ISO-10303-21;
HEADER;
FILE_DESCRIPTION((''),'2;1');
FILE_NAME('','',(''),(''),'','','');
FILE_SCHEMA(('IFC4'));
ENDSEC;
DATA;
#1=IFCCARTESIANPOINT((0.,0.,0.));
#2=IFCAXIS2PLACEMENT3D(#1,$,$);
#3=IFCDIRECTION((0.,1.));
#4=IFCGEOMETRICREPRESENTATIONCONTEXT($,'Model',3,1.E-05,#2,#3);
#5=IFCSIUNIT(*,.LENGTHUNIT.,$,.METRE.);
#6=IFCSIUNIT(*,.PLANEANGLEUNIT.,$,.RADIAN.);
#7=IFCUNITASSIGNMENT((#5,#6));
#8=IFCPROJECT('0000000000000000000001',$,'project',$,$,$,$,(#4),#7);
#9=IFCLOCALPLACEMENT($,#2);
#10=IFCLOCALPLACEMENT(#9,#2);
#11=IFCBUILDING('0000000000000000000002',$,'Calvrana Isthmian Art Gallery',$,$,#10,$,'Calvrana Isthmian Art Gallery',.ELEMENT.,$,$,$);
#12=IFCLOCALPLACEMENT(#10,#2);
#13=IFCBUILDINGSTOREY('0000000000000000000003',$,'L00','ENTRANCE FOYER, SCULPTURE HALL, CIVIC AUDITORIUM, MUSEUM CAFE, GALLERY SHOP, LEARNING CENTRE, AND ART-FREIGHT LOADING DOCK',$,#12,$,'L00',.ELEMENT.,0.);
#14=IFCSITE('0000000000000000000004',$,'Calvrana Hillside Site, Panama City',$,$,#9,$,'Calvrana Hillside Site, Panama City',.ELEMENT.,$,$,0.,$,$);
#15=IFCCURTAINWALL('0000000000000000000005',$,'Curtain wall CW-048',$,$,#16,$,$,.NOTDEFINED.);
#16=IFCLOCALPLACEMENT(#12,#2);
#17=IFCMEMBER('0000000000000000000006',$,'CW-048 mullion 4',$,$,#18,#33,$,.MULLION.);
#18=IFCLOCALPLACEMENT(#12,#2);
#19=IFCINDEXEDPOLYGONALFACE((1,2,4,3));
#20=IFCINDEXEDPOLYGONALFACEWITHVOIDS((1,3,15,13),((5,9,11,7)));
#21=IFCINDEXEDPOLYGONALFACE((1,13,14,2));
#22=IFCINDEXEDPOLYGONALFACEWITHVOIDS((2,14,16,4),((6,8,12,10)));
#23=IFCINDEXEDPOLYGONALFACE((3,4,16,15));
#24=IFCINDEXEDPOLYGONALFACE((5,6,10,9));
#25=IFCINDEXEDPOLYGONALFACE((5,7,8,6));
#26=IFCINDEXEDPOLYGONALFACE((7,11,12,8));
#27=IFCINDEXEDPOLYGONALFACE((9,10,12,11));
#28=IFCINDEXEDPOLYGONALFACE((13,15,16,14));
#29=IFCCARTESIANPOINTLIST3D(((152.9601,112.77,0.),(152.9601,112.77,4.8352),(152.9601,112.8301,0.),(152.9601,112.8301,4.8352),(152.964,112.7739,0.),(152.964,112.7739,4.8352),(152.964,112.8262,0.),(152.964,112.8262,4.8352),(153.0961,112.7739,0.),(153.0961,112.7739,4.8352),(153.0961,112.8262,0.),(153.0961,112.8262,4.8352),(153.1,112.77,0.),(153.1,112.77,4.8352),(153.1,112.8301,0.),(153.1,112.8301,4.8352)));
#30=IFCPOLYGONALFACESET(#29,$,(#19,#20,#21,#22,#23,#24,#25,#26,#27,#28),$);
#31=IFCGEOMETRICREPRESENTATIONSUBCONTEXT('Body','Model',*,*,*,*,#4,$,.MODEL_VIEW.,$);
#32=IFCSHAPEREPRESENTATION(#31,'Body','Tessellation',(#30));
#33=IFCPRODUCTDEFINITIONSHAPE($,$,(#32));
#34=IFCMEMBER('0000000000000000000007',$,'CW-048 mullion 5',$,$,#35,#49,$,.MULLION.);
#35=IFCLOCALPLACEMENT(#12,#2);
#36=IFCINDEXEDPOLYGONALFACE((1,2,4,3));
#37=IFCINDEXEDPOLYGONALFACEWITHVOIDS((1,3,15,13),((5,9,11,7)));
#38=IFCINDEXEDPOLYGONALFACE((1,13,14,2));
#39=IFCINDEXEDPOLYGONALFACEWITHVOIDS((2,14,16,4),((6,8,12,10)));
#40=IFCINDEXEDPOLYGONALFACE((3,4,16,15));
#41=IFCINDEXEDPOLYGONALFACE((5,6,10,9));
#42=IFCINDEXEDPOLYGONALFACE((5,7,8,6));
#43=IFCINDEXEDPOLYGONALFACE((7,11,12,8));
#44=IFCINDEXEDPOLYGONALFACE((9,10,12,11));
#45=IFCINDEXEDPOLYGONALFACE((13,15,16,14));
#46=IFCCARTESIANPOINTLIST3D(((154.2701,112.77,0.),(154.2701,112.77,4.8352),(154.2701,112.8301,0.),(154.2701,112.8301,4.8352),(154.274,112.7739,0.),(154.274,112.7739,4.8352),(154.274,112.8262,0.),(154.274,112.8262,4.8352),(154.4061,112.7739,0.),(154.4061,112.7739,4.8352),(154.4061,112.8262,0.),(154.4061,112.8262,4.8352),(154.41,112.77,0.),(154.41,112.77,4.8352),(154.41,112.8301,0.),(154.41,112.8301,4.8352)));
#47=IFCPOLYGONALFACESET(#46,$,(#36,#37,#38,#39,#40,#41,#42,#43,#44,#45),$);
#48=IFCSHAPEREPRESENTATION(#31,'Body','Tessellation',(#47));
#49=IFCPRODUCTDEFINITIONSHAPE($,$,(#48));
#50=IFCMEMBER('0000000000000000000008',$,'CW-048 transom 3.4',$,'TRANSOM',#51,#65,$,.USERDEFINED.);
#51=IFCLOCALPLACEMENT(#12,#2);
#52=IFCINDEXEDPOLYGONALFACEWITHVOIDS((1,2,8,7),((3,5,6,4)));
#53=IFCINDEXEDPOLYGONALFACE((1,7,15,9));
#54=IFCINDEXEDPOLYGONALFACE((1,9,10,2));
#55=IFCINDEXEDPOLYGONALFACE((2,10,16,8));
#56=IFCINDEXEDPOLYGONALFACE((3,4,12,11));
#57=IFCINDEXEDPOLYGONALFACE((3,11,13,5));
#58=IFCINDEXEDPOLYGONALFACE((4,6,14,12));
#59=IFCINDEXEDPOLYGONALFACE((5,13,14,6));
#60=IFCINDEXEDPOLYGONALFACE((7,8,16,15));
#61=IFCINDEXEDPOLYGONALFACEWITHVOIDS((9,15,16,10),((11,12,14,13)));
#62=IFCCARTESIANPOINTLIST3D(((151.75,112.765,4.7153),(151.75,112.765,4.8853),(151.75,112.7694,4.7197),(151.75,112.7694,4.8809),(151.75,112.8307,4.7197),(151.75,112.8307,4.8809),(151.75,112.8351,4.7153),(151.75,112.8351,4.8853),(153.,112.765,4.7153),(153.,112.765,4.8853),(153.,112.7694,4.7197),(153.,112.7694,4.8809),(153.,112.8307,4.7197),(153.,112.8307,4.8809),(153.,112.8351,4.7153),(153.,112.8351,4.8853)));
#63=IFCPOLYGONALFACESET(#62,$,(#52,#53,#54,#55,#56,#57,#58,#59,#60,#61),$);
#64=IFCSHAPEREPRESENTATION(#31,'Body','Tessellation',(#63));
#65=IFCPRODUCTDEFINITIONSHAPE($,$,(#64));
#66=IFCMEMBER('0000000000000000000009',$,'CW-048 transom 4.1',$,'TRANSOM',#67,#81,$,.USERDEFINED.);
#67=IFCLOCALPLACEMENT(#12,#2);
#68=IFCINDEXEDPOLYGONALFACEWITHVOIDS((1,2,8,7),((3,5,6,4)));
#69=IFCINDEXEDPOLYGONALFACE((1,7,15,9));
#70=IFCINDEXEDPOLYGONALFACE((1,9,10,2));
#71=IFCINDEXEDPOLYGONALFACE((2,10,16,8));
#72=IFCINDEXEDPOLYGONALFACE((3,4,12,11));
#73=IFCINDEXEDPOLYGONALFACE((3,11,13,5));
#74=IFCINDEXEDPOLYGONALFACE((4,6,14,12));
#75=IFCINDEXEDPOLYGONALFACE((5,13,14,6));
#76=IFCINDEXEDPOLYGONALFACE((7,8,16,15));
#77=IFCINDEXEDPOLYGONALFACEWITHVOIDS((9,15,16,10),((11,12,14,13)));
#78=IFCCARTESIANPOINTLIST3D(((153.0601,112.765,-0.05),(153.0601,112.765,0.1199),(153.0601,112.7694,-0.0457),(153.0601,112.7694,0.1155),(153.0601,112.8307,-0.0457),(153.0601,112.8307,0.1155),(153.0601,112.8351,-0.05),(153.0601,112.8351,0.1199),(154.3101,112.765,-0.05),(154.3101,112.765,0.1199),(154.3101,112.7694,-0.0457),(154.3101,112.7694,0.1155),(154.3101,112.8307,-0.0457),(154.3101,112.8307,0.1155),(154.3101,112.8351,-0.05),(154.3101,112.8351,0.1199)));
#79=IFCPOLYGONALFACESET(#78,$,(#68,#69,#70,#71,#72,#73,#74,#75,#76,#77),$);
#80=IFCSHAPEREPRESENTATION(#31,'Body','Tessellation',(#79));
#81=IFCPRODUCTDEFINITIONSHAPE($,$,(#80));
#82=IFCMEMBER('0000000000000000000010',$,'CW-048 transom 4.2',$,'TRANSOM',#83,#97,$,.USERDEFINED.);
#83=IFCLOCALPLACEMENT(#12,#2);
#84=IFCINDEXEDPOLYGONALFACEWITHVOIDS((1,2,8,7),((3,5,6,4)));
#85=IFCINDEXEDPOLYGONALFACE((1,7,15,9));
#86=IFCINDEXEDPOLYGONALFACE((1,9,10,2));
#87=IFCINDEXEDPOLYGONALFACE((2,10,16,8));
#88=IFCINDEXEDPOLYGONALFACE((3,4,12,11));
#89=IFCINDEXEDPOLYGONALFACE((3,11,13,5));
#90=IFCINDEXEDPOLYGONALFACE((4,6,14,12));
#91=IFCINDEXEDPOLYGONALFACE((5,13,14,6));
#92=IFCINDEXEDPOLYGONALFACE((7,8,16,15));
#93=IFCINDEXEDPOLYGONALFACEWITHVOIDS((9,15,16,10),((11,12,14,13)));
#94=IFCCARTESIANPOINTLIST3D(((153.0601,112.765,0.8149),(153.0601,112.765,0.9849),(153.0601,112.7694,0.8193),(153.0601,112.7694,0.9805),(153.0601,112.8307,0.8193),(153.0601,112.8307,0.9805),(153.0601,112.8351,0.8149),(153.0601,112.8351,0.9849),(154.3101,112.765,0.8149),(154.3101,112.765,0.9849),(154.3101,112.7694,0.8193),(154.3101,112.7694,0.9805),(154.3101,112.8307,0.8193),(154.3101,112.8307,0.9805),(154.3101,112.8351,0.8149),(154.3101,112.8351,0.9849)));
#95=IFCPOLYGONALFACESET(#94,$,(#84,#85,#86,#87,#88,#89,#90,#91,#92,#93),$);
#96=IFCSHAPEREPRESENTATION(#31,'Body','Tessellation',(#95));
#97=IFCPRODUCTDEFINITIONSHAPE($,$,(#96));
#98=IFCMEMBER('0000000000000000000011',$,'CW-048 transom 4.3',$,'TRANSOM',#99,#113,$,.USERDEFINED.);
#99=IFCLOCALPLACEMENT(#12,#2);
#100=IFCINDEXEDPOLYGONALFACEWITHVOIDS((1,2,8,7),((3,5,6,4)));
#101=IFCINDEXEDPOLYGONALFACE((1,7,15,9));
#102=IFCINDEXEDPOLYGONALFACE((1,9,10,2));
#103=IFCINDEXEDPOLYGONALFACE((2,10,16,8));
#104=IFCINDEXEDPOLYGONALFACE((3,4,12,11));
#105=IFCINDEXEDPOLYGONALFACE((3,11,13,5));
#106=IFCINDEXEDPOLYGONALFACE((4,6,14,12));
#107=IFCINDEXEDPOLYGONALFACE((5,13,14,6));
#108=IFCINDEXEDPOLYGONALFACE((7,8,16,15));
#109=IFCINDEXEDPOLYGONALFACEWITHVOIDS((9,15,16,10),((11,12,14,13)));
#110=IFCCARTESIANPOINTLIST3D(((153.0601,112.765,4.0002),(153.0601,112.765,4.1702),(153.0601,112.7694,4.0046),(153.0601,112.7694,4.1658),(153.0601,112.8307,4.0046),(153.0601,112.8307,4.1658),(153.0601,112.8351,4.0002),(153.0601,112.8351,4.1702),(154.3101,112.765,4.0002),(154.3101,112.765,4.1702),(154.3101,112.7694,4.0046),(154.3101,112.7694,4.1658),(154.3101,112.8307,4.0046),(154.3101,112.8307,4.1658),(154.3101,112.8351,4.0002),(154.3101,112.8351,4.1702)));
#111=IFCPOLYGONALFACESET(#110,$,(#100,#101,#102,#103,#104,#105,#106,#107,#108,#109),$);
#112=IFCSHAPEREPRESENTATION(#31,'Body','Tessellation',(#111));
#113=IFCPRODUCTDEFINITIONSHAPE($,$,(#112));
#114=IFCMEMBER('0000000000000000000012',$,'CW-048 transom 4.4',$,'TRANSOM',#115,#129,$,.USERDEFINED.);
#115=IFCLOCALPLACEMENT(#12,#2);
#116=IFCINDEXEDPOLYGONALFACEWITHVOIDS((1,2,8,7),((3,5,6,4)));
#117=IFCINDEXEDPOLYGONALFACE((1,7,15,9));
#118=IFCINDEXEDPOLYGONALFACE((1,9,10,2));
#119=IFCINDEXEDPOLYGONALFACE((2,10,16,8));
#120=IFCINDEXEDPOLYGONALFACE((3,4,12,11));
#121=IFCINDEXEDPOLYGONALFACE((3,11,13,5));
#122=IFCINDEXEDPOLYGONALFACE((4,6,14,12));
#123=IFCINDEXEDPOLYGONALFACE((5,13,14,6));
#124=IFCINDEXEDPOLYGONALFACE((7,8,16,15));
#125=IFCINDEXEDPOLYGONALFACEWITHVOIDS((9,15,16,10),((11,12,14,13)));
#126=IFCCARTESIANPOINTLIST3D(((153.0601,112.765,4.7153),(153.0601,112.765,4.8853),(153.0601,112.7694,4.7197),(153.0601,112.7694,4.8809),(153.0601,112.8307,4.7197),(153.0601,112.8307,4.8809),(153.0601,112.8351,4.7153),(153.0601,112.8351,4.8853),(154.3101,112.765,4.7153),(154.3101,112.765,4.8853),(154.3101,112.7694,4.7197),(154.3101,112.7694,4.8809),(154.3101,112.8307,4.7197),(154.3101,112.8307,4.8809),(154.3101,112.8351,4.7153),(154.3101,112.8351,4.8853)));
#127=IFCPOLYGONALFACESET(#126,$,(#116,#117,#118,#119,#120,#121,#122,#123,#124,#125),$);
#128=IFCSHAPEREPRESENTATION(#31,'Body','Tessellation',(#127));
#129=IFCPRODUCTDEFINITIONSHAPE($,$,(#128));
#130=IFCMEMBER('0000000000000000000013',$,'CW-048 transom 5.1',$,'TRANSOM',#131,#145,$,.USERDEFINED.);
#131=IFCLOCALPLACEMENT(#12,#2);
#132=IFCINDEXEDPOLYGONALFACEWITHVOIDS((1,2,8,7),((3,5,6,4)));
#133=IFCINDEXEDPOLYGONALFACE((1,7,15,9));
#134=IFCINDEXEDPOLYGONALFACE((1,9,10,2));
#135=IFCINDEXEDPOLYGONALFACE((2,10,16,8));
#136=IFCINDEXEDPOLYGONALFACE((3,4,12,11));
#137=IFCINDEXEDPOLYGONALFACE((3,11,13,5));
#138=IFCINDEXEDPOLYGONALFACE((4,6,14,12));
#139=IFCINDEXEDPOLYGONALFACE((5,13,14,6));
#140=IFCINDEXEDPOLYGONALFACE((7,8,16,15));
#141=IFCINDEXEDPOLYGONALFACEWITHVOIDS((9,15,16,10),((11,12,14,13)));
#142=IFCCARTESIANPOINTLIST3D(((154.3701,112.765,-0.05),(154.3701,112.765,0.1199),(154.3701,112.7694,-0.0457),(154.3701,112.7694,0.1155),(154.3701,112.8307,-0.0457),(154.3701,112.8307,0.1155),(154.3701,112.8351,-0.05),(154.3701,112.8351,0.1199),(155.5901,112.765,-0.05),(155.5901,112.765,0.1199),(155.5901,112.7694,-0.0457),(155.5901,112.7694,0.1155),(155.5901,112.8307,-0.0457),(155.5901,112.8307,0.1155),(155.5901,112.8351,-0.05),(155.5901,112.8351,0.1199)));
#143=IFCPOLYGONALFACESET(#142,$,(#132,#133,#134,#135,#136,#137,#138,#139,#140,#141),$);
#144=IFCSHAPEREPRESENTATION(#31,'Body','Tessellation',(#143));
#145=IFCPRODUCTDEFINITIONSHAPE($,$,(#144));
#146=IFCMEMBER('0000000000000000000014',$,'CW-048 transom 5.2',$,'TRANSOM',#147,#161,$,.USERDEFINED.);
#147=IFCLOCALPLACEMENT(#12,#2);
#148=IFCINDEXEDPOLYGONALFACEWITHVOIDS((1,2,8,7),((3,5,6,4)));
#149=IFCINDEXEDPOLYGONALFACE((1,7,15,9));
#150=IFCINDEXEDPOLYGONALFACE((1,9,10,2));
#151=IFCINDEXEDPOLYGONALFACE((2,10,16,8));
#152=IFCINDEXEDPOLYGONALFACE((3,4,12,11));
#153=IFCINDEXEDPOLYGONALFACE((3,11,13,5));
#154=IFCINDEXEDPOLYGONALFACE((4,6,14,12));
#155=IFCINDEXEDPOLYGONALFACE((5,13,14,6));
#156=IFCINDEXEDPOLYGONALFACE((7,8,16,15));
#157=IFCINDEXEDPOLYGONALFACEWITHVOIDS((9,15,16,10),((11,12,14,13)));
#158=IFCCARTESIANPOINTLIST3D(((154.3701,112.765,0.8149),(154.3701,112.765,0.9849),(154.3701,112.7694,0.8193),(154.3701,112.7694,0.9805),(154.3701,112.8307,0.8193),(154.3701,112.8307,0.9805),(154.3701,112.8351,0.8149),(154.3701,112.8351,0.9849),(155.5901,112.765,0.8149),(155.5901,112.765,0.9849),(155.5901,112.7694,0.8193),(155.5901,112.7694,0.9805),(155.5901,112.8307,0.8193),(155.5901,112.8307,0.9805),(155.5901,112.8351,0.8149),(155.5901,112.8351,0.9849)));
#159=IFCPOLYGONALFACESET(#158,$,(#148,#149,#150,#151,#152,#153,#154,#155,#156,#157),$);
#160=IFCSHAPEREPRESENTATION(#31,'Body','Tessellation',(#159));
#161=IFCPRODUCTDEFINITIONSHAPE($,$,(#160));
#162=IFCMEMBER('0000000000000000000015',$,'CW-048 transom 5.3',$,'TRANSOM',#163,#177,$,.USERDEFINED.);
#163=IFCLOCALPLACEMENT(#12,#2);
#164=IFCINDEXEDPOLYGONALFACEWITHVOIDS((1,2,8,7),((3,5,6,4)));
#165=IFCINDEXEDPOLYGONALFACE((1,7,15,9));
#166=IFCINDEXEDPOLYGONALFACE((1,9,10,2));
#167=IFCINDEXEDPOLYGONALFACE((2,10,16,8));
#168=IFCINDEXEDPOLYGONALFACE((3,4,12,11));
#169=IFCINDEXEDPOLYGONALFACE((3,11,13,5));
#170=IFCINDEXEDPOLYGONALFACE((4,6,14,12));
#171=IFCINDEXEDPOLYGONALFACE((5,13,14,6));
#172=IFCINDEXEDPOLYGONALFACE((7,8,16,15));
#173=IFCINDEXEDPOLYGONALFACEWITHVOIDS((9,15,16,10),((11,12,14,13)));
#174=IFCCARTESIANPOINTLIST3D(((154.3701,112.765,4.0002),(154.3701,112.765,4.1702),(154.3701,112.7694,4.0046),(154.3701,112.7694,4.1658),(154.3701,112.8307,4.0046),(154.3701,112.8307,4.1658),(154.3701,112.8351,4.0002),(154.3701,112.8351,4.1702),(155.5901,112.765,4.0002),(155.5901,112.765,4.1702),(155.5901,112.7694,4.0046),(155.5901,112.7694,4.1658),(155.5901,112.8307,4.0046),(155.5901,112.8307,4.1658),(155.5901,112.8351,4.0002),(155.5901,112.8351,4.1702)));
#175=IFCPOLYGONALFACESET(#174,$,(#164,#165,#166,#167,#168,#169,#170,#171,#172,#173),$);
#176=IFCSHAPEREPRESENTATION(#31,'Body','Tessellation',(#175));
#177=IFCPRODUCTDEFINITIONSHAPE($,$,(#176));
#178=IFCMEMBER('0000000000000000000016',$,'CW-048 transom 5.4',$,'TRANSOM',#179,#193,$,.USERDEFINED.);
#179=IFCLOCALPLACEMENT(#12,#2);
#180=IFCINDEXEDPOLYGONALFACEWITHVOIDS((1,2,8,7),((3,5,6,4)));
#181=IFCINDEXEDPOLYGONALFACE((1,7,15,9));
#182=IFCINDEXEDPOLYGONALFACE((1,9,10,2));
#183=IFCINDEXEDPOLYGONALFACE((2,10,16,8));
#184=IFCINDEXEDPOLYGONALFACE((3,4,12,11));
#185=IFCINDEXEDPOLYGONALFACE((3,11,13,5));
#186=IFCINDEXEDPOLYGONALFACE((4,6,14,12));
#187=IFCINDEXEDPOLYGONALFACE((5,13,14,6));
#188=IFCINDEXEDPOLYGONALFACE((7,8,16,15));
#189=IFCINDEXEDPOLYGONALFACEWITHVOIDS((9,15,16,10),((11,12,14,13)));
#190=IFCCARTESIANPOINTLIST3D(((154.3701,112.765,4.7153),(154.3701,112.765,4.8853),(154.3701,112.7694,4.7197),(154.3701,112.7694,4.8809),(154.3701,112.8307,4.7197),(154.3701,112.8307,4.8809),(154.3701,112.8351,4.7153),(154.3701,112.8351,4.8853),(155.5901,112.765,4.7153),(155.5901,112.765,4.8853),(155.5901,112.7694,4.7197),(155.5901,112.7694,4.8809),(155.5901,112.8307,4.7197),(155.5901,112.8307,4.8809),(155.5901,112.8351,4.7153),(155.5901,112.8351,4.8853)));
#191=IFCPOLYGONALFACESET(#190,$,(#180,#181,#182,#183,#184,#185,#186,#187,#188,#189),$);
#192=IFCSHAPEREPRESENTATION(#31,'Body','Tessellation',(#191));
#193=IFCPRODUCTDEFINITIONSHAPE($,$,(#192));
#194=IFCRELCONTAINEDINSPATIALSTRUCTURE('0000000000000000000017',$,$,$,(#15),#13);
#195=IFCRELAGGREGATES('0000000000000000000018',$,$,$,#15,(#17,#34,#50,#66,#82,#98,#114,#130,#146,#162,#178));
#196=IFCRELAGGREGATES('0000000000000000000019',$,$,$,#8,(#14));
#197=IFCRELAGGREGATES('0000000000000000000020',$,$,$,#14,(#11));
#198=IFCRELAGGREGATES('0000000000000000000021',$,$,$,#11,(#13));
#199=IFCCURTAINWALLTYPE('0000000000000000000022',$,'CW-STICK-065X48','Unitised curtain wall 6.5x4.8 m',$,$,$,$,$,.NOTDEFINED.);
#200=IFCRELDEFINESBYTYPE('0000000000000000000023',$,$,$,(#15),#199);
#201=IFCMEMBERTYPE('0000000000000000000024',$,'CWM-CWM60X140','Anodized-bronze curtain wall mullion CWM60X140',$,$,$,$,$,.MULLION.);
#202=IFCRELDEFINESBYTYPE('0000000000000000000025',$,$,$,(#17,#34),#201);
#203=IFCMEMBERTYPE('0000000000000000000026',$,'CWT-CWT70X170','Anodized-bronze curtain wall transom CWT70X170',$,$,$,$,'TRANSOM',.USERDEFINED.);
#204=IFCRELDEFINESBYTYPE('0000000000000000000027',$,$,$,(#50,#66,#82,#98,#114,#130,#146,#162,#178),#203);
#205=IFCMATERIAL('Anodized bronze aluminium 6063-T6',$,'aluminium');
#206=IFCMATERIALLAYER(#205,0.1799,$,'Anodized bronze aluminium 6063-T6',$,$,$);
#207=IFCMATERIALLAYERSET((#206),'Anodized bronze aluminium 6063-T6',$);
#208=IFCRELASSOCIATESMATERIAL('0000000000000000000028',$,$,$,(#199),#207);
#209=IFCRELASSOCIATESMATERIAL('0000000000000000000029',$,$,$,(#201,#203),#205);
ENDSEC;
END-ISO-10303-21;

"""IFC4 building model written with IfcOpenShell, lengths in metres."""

from ifc_helpers import new_model, si_unit, direction, frame, origin, origin_2d, place, context, subcontext, project, spatial, hollow_rectangle, extrude, material, layer, layer_set, material_profile, profile_set, type_object, element, aggregate, save


model = new_model("IFC4")

# Units and contexts
model_context = context("Model", 3, precision=1e-05, world=origin(), true_north=direction((0.0, 1.0)))
body_context = subcontext(model_context, "Body", "Model", "MODEL_VIEW")
ifc_project = project(units=[si_unit("LENGTHUNIT", "METRE"), si_unit("PLANEANGLEUNIT", "RADIAN")], contexts=[model_context])

# Site, building, storey
site_placement = place(None, origin())
site = spatial("IfcSite", under=ifc_project, at=site_placement, Name="Calvrana Hillside Site, Panama City", LongName="Calvrana Hillside Site, Panama City", CompositionType="ELEMENT", RefElevation=0.0)
building_placement = place(site_placement, origin())
building = spatial("IfcBuilding", under=site, at=building_placement, Name="Calvrana Isthmian Art Gallery", LongName="Calvrana Isthmian Art Gallery", CompositionType="ELEMENT")
storey_placement = place(building_placement, origin())
storey = spatial("IfcBuildingStorey", under=building, at=storey_placement, Name="L00", Description="ENTRANCE FOYER, SCULPTURE HALL, CIVIC AUDITORIUM, MUSEUM CAFE, GALLERY SHOP, LEARNING CENTRE, AND ART-FREIGHT LOADING DOCK", LongName="L00", CompositionType="ELEMENT", Elevation=0.0)

# Curtain wall, members
ifc_material_1 = material(Name="Anodized bronze aluminium 6063-T6", Category="aluminium")
ifc_layer_1 = layer(ifc_material_1, 0.1799, Name="Anodized bronze aluminium 6063-T6")
ifc_layer_set_1 = layer_set([ifc_layer_1], Name="Anodized bronze aluminium 6063-T6")
curtain_wall_type = type_object("IfcCurtainWallType", Name="CW-STICK-065X48", Description="Unitised curtain wall 6.5x4.8 m", PredefinedType="NOTDEFINED", material=ifc_layer_set_1)
curtain_wall_placement = place(storey_placement, origin())
curtain_wall = element("IfcCurtainWall", 1, at=curtain_wall_placement, inside=storey, type_object=curtain_wall_type, Name="Curtain wall CW-048", PredefinedType="NOTDEFINED")
ifc_material_profile_1 = material_profile(ifc_material_1, hollow_rectangle(XDim=0.0601, YDim=0.1399, WallThickness=0.0039, at=origin_2d()), Name="CWM60X140")
ifc_profile_set_1 = profile_set([ifc_material_profile_1], Name="Anodized bronze aluminium 6063-T6")
member_type_1 = type_object("IfcMemberType", Name="CWM-CWM60X140", Description="Anodized-bronze curtain wall mullion CWM60X140", PredefinedType="MULLION", material=ifc_profile_set_1)
member_1_placement = place(storey_placement, frame((153.03, 112.8, 0.0), z_axis=(0.0, 0.0, 1.0), x_axis=(0.0, 1.0, 0.0)))
member_1 = element("IfcMember", 2, at=member_1_placement, type_object=member_type_1, Name="CW-048 mullion 4", PredefinedType="MULLION", context=body_context, shape_type="SweptSolid", body=[
    extrude(hollow_rectangle(XDim=0.0601, YDim=0.1399, WallThickness=0.0039, at=origin_2d()), origin(), (0.0, 0.0, 1.0), 4.8352),
])
member_2_placement = place(storey_placement, frame((154.3401, 112.8, 0.0), z_axis=(0.0, 0.0, 1.0), x_axis=(0.0, 1.0, 0.0)))
member_2 = element("IfcMember", 3, at=member_2_placement, type_object=member_type_1, Name="CW-048 mullion 5", PredefinedType="MULLION", context=body_context, shape_type="SweptSolid", body=[
    extrude(hollow_rectangle(XDim=0.0601, YDim=0.1399, WallThickness=0.0039, at=origin_2d()), origin(), (0.0, 0.0, 1.0), 4.8352),
])
ifc_material_profile_2 = material_profile(ifc_material_1, hollow_rectangle(XDim=0.0701, YDim=0.1699, WallThickness=0.0044, at=origin_2d()), Name="CWT70X170")
ifc_profile_set_2 = profile_set([ifc_material_profile_2], Name="Anodized bronze aluminium 6063-T6")
member_type_2 = type_object("IfcMemberType", Name="CWT-CWT70X170", Description="Anodized-bronze curtain wall transom CWT70X170", ElementType="TRANSOM", PredefinedType="USERDEFINED", material=ifc_profile_set_2)
member_3_placement = place(storey_placement, frame((151.75, 112.8, 4.8003), z_axis=(1.0, 0.0, 0.0), x_axis=(0.0, 1.0, 0.0)))
member_3 = element("IfcMember", 4, at=member_3_placement, type_object=member_type_2, Name="CW-048 transom 3.4", ObjectType="TRANSOM", PredefinedType="USERDEFINED", context=body_context, shape_type="SweptSolid", body=[
    extrude(hollow_rectangle(XDim=0.0701, YDim=0.1699, WallThickness=0.0044, at=origin_2d()), origin(), (0.0, 0.0, 1.0), 1.25),
])
member_4_placement = place(storey_placement, frame((153.0601, 112.8, 0.0349), z_axis=(1.0, 0.0, 0.0), x_axis=(0.0, 1.0, 0.0)))
member_4 = element("IfcMember", 5, at=member_4_placement, type_object=member_type_2, Name="CW-048 transom 4.1", ObjectType="TRANSOM", PredefinedType="USERDEFINED", context=body_context, shape_type="SweptSolid", body=[
    extrude(hollow_rectangle(XDim=0.0701, YDim=0.1699, WallThickness=0.0044, at=origin_2d()), origin(), (0.0, 0.0, 1.0), 1.25),
])
member_5_placement = place(storey_placement, frame((153.0601, 112.8, 0.8999), z_axis=(1.0, 0.0, 0.0), x_axis=(0.0, 1.0, 0.0)))
member_5 = element("IfcMember", 6, at=member_5_placement, type_object=member_type_2, Name="CW-048 transom 4.2", ObjectType="TRANSOM", PredefinedType="USERDEFINED", context=body_context, shape_type="SweptSolid", body=[
    extrude(hollow_rectangle(XDim=0.0701, YDim=0.1699, WallThickness=0.0044, at=origin_2d()), origin(), (0.0, 0.0, 1.0), 1.25),
])
member_6_placement = place(storey_placement, frame((153.0601, 112.8, 4.0852), z_axis=(1.0, 0.0, 0.0), x_axis=(0.0, 1.0, 0.0)))
member_6 = element("IfcMember", 7, at=member_6_placement, type_object=member_type_2, Name="CW-048 transom 4.3", ObjectType="TRANSOM", PredefinedType="USERDEFINED", context=body_context, shape_type="SweptSolid", body=[
    extrude(hollow_rectangle(XDim=0.0701, YDim=0.1699, WallThickness=0.0044, at=origin_2d()), origin(), (0.0, 0.0, 1.0), 1.25),
])
member_7_placement = place(storey_placement, frame((153.0601, 112.8, 4.8003), z_axis=(1.0, 0.0, 0.0), x_axis=(0.0, 1.0, 0.0)))
member_7 = element("IfcMember", 8, at=member_7_placement, type_object=member_type_2, Name="CW-048 transom 4.4", ObjectType="TRANSOM", PredefinedType="USERDEFINED", context=body_context, shape_type="SweptSolid", body=[
    extrude(hollow_rectangle(XDim=0.0701, YDim=0.1699, WallThickness=0.0044, at=origin_2d()), origin(), (0.0, 0.0, 1.0), 1.25),
])
member_8_placement = place(storey_placement, frame((154.3701, 112.8, 0.0349), z_axis=(1.0, 0.0, 0.0), x_axis=(0.0, 1.0, 0.0)))
member_8 = element("IfcMember", 9, at=member_8_placement, type_object=member_type_2, Name="CW-048 transom 5.1", ObjectType="TRANSOM", PredefinedType="USERDEFINED", context=body_context, shape_type="SweptSolid", body=[
    extrude(hollow_rectangle(XDim=0.0701, YDim=0.1699, WallThickness=0.0044, at=origin_2d()), origin(), (0.0, 0.0, 1.0), 1.22),
])
member_9_placement = place(storey_placement, frame((154.3701, 112.8, 0.8999), z_axis=(1.0, 0.0, 0.0), x_axis=(0.0, 1.0, 0.0)))
member_9 = element("IfcMember", 10, at=member_9_placement, type_object=member_type_2, Name="CW-048 transom 5.2", ObjectType="TRANSOM", PredefinedType="USERDEFINED", context=body_context, shape_type="SweptSolid", body=[
    extrude(hollow_rectangle(XDim=0.0701, YDim=0.1699, WallThickness=0.0044, at=origin_2d()), origin(), (0.0, 0.0, 1.0), 1.22),
])
member_10_placement = place(storey_placement, frame((154.3701, 112.8, 4.0852), z_axis=(1.0, 0.0, 0.0), x_axis=(0.0, 1.0, 0.0)))
member_10 = element("IfcMember", 11, at=member_10_placement, type_object=member_type_2, Name="CW-048 transom 5.3", ObjectType="TRANSOM", PredefinedType="USERDEFINED", context=body_context, shape_type="SweptSolid", body=[
    extrude(hollow_rectangle(XDim=0.0701, YDim=0.1699, WallThickness=0.0044, at=origin_2d()), origin(), (0.0, 0.0, 1.0), 1.22),
])
member_11_placement = place(storey_placement, frame((154.3701, 112.8, 4.8003), z_axis=(1.0, 0.0, 0.0), x_axis=(0.0, 1.0, 0.0)))
member_11 = element("IfcMember", 12, at=member_11_placement, type_object=member_type_2, Name="CW-048 transom 5.4", ObjectType="TRANSOM", PredefinedType="USERDEFINED", context=body_context, shape_type="SweptSolid", body=[
    extrude(hollow_rectangle(XDim=0.0701, YDim=0.1699, WallThickness=0.0044, at=origin_2d()), origin(), (0.0, 0.0, 1.0), 1.22),
])
aggregate(curtain_wall, [member_1, member_2, member_3, member_4, member_5, member_6, member_7, member_8, member_9, member_10, member_11])

save(model, "model.ifc")
